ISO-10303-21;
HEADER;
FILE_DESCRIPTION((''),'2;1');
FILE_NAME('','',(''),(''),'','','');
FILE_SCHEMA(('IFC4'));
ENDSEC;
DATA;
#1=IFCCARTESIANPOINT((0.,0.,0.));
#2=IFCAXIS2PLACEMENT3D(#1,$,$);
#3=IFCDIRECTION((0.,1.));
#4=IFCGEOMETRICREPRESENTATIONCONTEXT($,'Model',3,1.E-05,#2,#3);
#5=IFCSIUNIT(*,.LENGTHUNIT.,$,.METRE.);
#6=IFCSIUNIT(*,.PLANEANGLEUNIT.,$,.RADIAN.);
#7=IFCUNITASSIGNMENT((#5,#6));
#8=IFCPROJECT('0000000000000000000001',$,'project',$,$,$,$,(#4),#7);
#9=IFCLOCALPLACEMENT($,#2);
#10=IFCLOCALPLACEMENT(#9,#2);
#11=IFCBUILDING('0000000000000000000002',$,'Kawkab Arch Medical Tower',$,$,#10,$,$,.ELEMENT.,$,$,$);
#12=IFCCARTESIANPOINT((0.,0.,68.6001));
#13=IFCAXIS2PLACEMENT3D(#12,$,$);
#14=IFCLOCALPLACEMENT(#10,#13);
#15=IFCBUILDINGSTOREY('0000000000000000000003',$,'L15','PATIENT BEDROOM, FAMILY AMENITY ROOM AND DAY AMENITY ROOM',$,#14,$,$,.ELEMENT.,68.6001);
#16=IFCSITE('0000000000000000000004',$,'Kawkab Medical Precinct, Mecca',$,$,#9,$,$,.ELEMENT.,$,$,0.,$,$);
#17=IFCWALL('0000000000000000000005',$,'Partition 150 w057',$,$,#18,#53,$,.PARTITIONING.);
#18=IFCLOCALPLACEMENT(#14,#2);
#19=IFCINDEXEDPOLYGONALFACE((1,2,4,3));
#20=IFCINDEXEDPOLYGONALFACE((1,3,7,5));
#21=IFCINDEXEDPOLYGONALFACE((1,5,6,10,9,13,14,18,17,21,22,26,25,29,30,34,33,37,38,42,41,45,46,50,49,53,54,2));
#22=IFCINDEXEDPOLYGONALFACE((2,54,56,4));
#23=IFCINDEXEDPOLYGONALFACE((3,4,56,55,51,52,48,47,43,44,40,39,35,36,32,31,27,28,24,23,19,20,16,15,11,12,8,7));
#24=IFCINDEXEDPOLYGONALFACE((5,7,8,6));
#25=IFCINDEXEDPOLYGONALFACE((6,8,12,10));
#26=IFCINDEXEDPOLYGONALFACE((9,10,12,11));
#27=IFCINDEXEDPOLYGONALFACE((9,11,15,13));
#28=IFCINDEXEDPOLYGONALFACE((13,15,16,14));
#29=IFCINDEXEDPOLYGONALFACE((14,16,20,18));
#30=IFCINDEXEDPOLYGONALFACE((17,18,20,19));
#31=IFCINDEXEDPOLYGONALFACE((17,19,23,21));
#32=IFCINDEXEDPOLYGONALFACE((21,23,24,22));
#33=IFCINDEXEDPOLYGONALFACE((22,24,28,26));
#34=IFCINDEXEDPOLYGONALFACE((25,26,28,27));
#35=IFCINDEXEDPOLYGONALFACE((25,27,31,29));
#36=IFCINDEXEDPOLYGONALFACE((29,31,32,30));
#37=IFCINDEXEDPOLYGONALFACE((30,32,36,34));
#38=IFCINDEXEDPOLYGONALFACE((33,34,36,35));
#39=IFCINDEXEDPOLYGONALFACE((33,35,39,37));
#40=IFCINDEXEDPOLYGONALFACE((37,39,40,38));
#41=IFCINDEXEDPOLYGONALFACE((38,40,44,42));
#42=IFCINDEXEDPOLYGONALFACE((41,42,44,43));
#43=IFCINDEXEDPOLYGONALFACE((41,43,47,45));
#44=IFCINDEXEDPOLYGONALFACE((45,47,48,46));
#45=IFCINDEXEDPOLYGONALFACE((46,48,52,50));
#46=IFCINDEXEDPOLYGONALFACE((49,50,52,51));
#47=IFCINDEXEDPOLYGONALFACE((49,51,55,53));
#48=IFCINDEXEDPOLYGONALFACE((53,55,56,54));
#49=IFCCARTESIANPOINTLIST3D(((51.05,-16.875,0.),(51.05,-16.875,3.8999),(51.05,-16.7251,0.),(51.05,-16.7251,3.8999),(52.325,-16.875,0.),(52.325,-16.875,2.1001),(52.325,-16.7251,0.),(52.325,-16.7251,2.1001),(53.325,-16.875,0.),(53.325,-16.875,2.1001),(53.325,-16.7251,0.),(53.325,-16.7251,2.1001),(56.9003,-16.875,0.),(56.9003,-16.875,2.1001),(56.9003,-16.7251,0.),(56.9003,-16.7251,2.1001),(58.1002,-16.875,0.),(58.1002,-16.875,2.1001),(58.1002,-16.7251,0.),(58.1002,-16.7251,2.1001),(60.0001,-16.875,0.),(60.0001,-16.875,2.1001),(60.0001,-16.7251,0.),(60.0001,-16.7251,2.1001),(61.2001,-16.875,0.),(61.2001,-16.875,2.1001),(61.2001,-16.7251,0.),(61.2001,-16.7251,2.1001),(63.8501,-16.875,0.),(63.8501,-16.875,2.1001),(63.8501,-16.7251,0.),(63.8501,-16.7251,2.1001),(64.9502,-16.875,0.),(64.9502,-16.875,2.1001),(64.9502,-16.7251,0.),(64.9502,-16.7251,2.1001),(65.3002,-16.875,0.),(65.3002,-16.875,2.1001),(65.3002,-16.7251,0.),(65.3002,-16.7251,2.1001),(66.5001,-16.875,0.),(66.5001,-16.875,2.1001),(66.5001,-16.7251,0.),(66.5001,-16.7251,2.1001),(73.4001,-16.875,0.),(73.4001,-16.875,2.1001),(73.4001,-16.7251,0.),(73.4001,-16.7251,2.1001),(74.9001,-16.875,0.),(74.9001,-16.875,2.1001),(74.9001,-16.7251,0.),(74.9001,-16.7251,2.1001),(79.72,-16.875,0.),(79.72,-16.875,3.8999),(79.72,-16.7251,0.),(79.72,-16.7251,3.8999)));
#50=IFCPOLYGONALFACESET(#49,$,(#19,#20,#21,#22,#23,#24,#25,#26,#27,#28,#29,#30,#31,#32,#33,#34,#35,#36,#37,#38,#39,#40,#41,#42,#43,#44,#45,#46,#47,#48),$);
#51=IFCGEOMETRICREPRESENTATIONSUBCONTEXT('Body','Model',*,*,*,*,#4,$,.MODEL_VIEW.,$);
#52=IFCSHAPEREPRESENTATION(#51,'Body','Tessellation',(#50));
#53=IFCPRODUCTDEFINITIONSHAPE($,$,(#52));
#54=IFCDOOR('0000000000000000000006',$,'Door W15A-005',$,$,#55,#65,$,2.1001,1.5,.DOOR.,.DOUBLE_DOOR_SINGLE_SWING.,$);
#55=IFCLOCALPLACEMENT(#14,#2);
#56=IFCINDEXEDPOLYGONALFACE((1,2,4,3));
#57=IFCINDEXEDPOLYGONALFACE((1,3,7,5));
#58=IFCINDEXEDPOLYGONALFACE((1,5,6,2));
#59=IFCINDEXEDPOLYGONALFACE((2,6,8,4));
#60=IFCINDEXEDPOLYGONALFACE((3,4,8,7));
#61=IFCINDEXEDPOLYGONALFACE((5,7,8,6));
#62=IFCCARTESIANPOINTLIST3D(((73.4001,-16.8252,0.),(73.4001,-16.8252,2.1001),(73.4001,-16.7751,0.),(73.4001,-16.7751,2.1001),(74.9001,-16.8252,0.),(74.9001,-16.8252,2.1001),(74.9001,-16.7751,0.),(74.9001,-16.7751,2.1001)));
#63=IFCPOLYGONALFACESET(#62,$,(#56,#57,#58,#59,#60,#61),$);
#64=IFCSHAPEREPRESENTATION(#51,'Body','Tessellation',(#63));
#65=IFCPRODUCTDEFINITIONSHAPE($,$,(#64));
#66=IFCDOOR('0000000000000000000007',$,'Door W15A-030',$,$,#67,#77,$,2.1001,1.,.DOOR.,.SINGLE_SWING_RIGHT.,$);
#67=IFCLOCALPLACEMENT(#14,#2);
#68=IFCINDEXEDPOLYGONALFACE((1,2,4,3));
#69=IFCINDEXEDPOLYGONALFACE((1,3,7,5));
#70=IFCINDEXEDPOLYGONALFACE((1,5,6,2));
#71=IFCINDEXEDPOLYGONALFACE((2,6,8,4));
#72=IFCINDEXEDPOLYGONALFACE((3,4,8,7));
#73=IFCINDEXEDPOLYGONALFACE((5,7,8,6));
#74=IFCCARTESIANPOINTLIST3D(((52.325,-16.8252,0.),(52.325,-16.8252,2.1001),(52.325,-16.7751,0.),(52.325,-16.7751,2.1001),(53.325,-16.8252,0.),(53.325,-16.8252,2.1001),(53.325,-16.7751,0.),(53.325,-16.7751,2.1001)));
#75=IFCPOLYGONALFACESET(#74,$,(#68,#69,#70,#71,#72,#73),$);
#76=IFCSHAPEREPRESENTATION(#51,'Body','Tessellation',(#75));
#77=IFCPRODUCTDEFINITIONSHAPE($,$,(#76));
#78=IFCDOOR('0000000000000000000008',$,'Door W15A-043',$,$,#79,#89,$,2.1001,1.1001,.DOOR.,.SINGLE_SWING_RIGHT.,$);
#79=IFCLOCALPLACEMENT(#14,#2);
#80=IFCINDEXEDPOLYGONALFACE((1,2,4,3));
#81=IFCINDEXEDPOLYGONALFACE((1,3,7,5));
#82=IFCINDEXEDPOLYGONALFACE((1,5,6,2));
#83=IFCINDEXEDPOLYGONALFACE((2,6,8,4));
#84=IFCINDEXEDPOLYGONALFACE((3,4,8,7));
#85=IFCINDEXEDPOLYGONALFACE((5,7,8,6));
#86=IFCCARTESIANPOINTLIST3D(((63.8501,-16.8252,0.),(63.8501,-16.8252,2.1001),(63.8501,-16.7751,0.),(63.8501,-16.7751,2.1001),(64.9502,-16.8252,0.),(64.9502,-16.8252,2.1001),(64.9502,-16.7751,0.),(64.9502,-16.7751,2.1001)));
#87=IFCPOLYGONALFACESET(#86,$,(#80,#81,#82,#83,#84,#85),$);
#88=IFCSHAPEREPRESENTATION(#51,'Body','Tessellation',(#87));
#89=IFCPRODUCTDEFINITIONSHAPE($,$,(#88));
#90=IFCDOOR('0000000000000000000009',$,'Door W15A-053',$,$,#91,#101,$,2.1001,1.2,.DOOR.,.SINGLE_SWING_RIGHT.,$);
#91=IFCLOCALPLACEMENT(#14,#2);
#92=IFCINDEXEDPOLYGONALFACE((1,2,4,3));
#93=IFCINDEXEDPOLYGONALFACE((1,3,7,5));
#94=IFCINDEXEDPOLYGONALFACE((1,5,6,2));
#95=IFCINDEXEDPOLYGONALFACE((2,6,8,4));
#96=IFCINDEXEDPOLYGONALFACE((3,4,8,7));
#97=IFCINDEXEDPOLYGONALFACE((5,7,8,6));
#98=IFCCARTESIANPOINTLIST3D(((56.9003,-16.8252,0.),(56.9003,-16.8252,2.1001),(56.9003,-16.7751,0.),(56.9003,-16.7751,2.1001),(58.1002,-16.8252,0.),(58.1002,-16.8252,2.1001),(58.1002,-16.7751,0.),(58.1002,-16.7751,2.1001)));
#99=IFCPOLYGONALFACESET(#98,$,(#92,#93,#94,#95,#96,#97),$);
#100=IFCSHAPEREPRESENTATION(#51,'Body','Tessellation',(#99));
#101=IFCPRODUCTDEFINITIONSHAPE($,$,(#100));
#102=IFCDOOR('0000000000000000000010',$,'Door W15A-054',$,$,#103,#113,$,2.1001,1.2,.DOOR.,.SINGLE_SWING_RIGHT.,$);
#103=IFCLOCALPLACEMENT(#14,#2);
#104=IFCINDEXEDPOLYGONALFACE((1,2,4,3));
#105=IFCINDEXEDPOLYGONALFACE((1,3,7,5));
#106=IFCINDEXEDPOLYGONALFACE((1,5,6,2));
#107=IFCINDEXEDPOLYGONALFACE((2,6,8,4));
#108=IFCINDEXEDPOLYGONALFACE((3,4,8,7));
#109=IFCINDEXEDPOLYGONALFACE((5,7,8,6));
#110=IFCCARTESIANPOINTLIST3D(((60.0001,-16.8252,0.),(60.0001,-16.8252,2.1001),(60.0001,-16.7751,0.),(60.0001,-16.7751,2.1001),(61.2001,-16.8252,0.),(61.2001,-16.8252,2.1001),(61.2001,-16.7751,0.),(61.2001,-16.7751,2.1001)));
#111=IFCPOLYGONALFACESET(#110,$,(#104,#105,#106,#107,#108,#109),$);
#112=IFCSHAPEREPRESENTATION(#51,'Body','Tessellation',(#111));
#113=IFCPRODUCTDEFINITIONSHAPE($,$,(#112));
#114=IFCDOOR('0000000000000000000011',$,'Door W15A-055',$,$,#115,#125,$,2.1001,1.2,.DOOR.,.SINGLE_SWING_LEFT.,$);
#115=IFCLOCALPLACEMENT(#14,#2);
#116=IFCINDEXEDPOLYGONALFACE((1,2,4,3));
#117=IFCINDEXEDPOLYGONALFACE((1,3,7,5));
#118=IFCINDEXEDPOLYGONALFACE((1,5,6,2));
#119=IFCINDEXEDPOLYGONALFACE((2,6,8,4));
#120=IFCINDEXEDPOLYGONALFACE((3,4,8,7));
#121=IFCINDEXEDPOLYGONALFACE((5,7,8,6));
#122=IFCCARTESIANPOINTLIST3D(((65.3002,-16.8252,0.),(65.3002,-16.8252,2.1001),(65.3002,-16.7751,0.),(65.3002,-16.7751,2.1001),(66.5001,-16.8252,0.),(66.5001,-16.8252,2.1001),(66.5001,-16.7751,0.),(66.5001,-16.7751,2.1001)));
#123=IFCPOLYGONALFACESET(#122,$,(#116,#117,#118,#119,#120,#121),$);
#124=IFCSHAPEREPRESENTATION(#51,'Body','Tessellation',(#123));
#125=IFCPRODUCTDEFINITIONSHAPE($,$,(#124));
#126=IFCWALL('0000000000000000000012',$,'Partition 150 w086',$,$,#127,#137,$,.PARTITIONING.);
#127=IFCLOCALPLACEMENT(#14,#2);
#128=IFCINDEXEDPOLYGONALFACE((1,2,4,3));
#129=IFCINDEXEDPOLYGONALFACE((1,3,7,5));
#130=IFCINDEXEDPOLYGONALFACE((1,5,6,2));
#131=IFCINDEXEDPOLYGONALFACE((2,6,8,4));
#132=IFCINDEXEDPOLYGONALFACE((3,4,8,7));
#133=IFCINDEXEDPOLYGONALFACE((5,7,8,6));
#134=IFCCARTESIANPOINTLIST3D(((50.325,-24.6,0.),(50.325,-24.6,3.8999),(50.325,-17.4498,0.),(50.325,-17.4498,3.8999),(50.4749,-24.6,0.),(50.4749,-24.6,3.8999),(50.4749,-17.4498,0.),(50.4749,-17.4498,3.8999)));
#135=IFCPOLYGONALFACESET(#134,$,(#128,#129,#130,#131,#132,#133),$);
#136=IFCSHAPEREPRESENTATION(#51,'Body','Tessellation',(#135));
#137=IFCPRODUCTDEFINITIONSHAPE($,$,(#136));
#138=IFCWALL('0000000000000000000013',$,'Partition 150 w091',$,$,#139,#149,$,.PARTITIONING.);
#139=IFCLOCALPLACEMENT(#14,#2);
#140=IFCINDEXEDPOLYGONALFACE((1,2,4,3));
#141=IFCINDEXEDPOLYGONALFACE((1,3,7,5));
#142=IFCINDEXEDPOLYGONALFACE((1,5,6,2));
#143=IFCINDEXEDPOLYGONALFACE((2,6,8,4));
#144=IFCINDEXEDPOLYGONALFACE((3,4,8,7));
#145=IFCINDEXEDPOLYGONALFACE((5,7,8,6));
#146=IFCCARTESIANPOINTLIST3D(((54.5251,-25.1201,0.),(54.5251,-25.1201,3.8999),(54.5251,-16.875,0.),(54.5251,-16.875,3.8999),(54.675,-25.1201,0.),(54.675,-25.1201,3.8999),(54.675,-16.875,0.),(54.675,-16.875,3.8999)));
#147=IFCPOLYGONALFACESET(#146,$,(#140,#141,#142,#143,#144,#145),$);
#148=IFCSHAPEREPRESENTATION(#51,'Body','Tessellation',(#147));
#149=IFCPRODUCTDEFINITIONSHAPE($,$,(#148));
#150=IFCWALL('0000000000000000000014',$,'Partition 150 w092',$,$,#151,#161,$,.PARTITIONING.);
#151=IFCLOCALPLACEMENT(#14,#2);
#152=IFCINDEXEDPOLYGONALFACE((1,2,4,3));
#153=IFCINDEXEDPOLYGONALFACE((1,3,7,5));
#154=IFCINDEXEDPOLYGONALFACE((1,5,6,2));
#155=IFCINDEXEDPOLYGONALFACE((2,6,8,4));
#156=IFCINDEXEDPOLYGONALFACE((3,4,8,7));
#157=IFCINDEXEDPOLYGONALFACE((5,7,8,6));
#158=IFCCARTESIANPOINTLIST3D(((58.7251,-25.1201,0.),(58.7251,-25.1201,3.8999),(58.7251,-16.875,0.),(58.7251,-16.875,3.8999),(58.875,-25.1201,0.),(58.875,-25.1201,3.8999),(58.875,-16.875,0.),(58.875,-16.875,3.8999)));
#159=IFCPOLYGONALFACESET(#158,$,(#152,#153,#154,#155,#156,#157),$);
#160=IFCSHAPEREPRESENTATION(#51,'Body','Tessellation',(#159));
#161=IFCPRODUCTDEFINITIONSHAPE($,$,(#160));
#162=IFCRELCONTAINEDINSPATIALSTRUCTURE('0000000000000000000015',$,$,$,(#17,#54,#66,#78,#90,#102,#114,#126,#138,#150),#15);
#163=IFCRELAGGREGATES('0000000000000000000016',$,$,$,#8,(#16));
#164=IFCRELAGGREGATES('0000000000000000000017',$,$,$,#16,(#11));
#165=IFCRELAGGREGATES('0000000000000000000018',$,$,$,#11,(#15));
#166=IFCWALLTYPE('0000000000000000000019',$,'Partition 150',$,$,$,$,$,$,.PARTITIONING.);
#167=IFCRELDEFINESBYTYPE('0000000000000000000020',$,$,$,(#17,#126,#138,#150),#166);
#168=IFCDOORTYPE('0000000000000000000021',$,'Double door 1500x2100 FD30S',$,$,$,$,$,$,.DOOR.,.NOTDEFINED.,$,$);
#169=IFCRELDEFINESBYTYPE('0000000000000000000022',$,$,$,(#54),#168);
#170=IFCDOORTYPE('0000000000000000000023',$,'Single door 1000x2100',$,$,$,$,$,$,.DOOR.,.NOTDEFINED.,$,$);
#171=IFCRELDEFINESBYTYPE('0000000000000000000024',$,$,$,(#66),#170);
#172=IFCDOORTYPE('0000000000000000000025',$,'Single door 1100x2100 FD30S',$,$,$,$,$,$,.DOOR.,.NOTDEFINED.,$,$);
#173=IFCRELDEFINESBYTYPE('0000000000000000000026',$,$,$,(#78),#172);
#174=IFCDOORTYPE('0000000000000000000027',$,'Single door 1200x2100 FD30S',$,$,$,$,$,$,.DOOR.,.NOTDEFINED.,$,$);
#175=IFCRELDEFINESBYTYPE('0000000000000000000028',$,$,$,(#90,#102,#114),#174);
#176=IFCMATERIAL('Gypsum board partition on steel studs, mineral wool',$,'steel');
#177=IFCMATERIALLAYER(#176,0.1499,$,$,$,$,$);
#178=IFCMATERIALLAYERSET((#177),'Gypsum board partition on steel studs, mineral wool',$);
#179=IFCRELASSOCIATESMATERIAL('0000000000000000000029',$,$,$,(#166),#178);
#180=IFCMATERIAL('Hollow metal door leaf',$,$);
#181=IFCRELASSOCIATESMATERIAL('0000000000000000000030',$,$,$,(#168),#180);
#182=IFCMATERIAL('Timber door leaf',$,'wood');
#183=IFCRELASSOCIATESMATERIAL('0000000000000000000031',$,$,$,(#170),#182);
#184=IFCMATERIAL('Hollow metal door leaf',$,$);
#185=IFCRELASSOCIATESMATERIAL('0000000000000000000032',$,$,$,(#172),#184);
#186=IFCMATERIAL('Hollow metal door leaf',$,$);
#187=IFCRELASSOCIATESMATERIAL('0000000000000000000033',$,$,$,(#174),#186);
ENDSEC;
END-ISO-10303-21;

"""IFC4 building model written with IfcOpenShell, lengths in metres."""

from ifc_helpers import new_model, si_unit, direction, frame, frame_2d, origin, place, context, subcontext, project, spatial, rectangle, extrude, material, layer, layer_set, type_object, element, fill, save


model = new_model("IFC4")

# Units and contexts
model_context = context("Model", 3, precision=1e-05, world=origin(), true_north=direction((0.0, 1.0)))
body_context = subcontext(model_context, "Body", "Model", "MODEL_VIEW")
ifc_project = project(units=[si_unit("LENGTHUNIT", "METRE"), si_unit("PLANEANGLEUNIT", "RADIAN")], contexts=[model_context])

# Site, building, storey
site_placement = place(None, origin())
site = spatial("IfcSite", under=ifc_project, at=site_placement, Name="Kawkab Medical Precinct, Mecca", CompositionType="ELEMENT", RefElevation=0.0)
building_placement = place(site_placement, origin())
building = spatial("IfcBuilding", under=site, at=building_placement, Name="Kawkab Arch Medical Tower", CompositionType="ELEMENT")
storey_placement = place(building_placement, frame((0.0, 0.0, 68.6001)))
storey = spatial("IfcBuildingStorey", under=building, at=storey_placement, Name="L15", Description="PATIENT BEDROOM, FAMILY AMENITY ROOM AND DAY AMENITY ROOM", CompositionType="ELEMENT", Elevation=68.6001)

# Wall, openings, doors
ifc_material_1 = material(Name="Gypsum board partition on steel studs, mineral wool", Category="steel")
ifc_layer_1 = layer(ifc_material_1, 0.1499)
ifc_layer_set_1 = layer_set([ifc_layer_1], Name="Gypsum board partition on steel studs, mineral wool")
wall_type_1 = type_object("IfcWallType", Name="Partition 150", PredefinedType="PARTITIONING", material=ifc_layer_set_1)
wall_1_placement = place(storey_placement, frame((51.05, -16.8, 0.0), z_axis=(0.0, 0.0, 1.0), x_axis=(1.0, 0.0, 0.0)))
wall_1 = element("IfcWall", 1, at=wall_1_placement, inside=storey, type_object=wall_type_1, Name="Partition 150 w057", PredefinedType="PARTITIONING", context=body_context, shape_type="SweptSolid", body=[
    extrude(rectangle(XDim=28.6699, YDim=0.1499, at=frame_2d((14.335, 0.0))), origin(), (0.0, 0.0, 1.0), 3.8999),
])
opening_1_placement = place(wall_1_placement, frame((1.2749, 0.0, 0.0)))
opening_1 = element("IfcOpeningElement", 2, at=opening_1_placement, cuts=wall_1, PredefinedType="OPENING", context=body_context, shape_type="SweptSolid", body=[
    extrude(rectangle(XDim=1.0, YDim=2.1001, at=frame_2d((0.5, 1.05))), frame((0.0, 0.085, 0.0), z_axis=(0.0, -1.0, 0.0), x_axis=(1.0, 0.0, 0.0)), (0.0, 0.0, 1.0), 0.1699),
])
opening_2_placement = place(wall_1_placement, frame((5.8501, 0.0, 0.0)))
opening_2 = element("IfcOpeningElement", 3, at=opening_2_placement, cuts=wall_1, PredefinedType="OPENING", context=body_context, shape_type="SweptSolid", body=[
    extrude(rectangle(XDim=1.2, YDim=2.1001, at=frame_2d((0.6001, 1.05))), frame((0.0, 0.085, 0.0), z_axis=(0.0, -1.0, 0.0), x_axis=(1.0, 0.0, 0.0)), (0.0, 0.0, 1.0), 0.1699),
])
opening_3_placement = place(wall_1_placement, frame((8.95, 0.0, 0.0)))
opening_3 = element("IfcOpeningElement", 4, at=opening_3_placement, cuts=wall_1, PredefinedType="OPENING", context=body_context, shape_type="SweptSolid", body=[
    extrude(rectangle(XDim=1.2, YDim=2.1001, at=frame_2d((0.6001, 1.05))), frame((0.0, 0.085, 0.0), z_axis=(0.0, -1.0, 0.0), x_axis=(1.0, 0.0, 0.0)), (0.0, 0.0, 1.0), 0.1699),
])
opening_4_placement = place(wall_1_placement, frame((14.25, 0.0, 0.0)))
opening_4 = element("IfcOpeningElement", 5, at=opening_4_placement, cuts=wall_1, PredefinedType="OPENING", context=body_context, shape_type="SweptSolid", body=[
    extrude(rectangle(XDim=1.2, YDim=2.1001, at=frame_2d((0.6001, 1.05))), frame((0.0, 0.085, 0.0), z_axis=(0.0, -1.0, 0.0), x_axis=(1.0, 0.0, 0.0)), (0.0, 0.0, 1.0), 0.1699),
])
opening_5_placement = place(wall_1_placement, frame((12.8, 0.0, 0.0)))
opening_5 = element("IfcOpeningElement", 6, at=opening_5_placement, cuts=wall_1, PredefinedType="OPENING", context=body_context, shape_type="SweptSolid", body=[
    extrude(rectangle(XDim=1.1001, YDim=2.1001, at=frame_2d((0.55, 1.05))), frame((0.0, 0.085, 0.0), z_axis=(0.0, -1.0, 0.0), x_axis=(1.0, 0.0, 0.0)), (0.0, 0.0, 1.0), 0.1699),
])
opening_6_placement = place(wall_1_placement, frame((22.3501, 0.0, 0.0)))
opening_6 = element("IfcOpeningElement", 7, at=opening_6_placement, cuts=wall_1, PredefinedType="OPENING", context=body_context, shape_type="SweptSolid", body=[
    extrude(rectangle(XDim=1.5, YDim=2.1001, at=frame_2d((0.75, 1.05))), frame((0.0, 0.085, 0.0), z_axis=(0.0, -1.0, 0.0), x_axis=(1.0, 0.0, 0.0)), (0.0, 0.0, 1.0), 0.1699),
])
ifc_material_2 = material(Name="Hollow metal door leaf")
door_type_1 = type_object("IfcDoorType", Name="Double door 1500x2100 FD30S", OperationType="NOTDEFINED", PredefinedType="DOOR", material=ifc_material_2)
door_1_placement = place(opening_6_placement, origin())
door_1 = element("IfcDoor", 8, at=door_1_placement, inside=storey, type_object=door_type_1, Name="Door W15A-005", OperationType="DOUBLE_DOOR_SINGLE_SWING", OverallHeight=2.1001, OverallWidth=1.5, PredefinedType="DOOR", context=body_context, shape_type="SweptSolid", body=[
    extrude(rectangle(XDim=1.5, YDim=2.1001, at=frame_2d((0.75, 1.05))), frame((0.0, 0.0249, 0.0), z_axis=(0.0, -1.0, 0.0), x_axis=(1.0, 0.0, 0.0)), (0.0, 0.0, 1.0), 0.05),
])
fill(opening_6, door_1)
ifc_material_3 = material(Name="Timber door leaf", Category="wood")
door_type_2 = type_object("IfcDoorType", Name="Single door 1000x2100", OperationType="NOTDEFINED", PredefinedType="DOOR", material=ifc_material_3)
door_2_placement = place(opening_1_placement, origin())
door_2 = element("IfcDoor", 9, at=door_2_placement, inside=storey, type_object=door_type_2, Name="Door W15A-030", OperationType="SINGLE_SWING_RIGHT", OverallHeight=2.1001, OverallWidth=1.0, PredefinedType="DOOR", context=body_context, shape_type="SweptSolid", body=[
    extrude(rectangle(XDim=1.0, YDim=2.1001, at=frame_2d((0.5, 1.05))), frame((0.0, 0.0249, 0.0), z_axis=(0.0, -1.0, 0.0), x_axis=(1.0, 0.0, 0.0)), (0.0, 0.0, 1.0), 0.05),
])
fill(opening_1, door_2)
ifc_material_4 = material(Name="Hollow metal door leaf")
door_type_3 = type_object("IfcDoorType", Name="Single door 1100x2100 FD30S", OperationType="NOTDEFINED", PredefinedType="DOOR", material=ifc_material_4)
door_3_placement = place(opening_5_placement, origin())
door_3 = element("IfcDoor", 10, at=door_3_placement, inside=storey, type_object=door_type_3, Name="Door W15A-043", OperationType="SINGLE_SWING_RIGHT", OverallHeight=2.1001, OverallWidth=1.1001, PredefinedType="DOOR", context=body_context, shape_type="SweptSolid", body=[
    extrude(rectangle(XDim=1.1001, YDim=2.1001, at=frame_2d((0.55, 1.05))), frame((0.0, 0.0249, 0.0), z_axis=(0.0, -1.0, 0.0), x_axis=(1.0, 0.0, 0.0)), (0.0, 0.0, 1.0), 0.05),
])
fill(opening_5, door_3)
ifc_material_5 = material(Name="Hollow metal door leaf")
door_type_4 = type_object("IfcDoorType", Name="Single door 1200x2100 FD30S", OperationType="NOTDEFINED", PredefinedType="DOOR", material=ifc_material_5)
door_4_placement = place(opening_2_placement, origin())
door_4 = element("IfcDoor", 11, at=door_4_placement, inside=storey, type_object=door_type_4, Name="Door W15A-053", OperationType="SINGLE_SWING_RIGHT", OverallHeight=2.1001, OverallWidth=1.2, PredefinedType="DOOR", context=body_context, shape_type="SweptSolid", body=[
    extrude(rectangle(XDim=1.2, YDim=2.1001, at=frame_2d((0.6001, 1.05))), frame((0.0, 0.0249, 0.0), z_axis=(0.0, -1.0, 0.0), x_axis=(1.0, 0.0, 0.0)), (0.0, 0.0, 1.0), 0.05),
])
fill(opening_2, door_4)
door_5_placement = place(opening_3_placement, origin())
door_5 = element("IfcDoor", 12, at=door_5_placement, inside=storey, type_object=door_type_4, Name="Door W15A-054", OperationType="SINGLE_SWING_RIGHT", OverallHeight=2.1001, OverallWidth=1.2, PredefinedType="DOOR", context=body_context, shape_type="SweptSolid", body=[
    extrude(rectangle(XDim=1.2, YDim=2.1001, at=frame_2d((0.6001, 1.05))), frame((0.0, 0.0249, 0.0), z_axis=(0.0, -1.0, 0.0), x_axis=(1.0, 0.0, 0.0)), (0.0, 0.0, 1.0), 0.05),
])
fill(opening_3, door_5)
door_6_placement = place(opening_4_placement, origin())
door_6 = element("IfcDoor", 13, at=door_6_placement, inside=storey, type_object=door_type_4, Name="Door W15A-055", OperationType="SINGLE_SWING_LEFT", OverallHeight=2.1001, OverallWidth=1.2, PredefinedType="DOOR", context=body_context, shape_type="SweptSolid", body=[
    extrude(rectangle(XDim=1.2, YDim=2.1001, at=frame_2d((0.6001, 1.05))), frame((0.0, 0.0249, 0.0), z_axis=(0.0, -1.0, 0.0), x_axis=(1.0, 0.0, 0.0)), (0.0, 0.0, 1.0), 0.05),
])
fill(opening_4, door_6)

# Walls
wall_2_placement = place(storey_placement, frame((50.3999, -24.6001, 0.0), z_axis=(0.0, 0.0, 1.0), x_axis=(0.0, 1.0, 0.0)))
element("IfcWall", 14, at=wall_2_placement, inside=storey, type_object=wall_type_1, Name="Partition 150 w086", PredefinedType="PARTITIONING", context=body_context, shape_type="SweptSolid", body=[
    extrude(rectangle(XDim=7.1501, YDim=0.1499, at=frame_2d((3.5752, 0.0))), origin(), (0.0, 0.0, 1.0), 3.8999),
])
for number, where, z_axis, x_axis, name in (
    (15, (54.6001, -25.1201, 0.0), (0.0, 0.0, 1.0), (0.0, 1.0, 0.0), "Partition 150 w091"),
    (16, (58.8, -25.1201, 0.0), (0.0, 0.0, 1.0), (0.0, 1.0, 0.0), "Partition 150 w092"),
):
    element("IfcWall", number, at=place(storey_placement, frame(where, z_axis=z_axis, x_axis=x_axis)), inside=storey, type_object=wall_type_1, Name=name, PredefinedType="PARTITIONING", context=body_context, shape_type="SweptSolid", body=[
        extrude(rectangle(XDim=8.2451, YDim=0.1499, at=frame_2d((4.1226, 0.0))), origin(), (0.0, 0.0, 1.0), 3.8999),
    ])

save(model, "model.ifc")
